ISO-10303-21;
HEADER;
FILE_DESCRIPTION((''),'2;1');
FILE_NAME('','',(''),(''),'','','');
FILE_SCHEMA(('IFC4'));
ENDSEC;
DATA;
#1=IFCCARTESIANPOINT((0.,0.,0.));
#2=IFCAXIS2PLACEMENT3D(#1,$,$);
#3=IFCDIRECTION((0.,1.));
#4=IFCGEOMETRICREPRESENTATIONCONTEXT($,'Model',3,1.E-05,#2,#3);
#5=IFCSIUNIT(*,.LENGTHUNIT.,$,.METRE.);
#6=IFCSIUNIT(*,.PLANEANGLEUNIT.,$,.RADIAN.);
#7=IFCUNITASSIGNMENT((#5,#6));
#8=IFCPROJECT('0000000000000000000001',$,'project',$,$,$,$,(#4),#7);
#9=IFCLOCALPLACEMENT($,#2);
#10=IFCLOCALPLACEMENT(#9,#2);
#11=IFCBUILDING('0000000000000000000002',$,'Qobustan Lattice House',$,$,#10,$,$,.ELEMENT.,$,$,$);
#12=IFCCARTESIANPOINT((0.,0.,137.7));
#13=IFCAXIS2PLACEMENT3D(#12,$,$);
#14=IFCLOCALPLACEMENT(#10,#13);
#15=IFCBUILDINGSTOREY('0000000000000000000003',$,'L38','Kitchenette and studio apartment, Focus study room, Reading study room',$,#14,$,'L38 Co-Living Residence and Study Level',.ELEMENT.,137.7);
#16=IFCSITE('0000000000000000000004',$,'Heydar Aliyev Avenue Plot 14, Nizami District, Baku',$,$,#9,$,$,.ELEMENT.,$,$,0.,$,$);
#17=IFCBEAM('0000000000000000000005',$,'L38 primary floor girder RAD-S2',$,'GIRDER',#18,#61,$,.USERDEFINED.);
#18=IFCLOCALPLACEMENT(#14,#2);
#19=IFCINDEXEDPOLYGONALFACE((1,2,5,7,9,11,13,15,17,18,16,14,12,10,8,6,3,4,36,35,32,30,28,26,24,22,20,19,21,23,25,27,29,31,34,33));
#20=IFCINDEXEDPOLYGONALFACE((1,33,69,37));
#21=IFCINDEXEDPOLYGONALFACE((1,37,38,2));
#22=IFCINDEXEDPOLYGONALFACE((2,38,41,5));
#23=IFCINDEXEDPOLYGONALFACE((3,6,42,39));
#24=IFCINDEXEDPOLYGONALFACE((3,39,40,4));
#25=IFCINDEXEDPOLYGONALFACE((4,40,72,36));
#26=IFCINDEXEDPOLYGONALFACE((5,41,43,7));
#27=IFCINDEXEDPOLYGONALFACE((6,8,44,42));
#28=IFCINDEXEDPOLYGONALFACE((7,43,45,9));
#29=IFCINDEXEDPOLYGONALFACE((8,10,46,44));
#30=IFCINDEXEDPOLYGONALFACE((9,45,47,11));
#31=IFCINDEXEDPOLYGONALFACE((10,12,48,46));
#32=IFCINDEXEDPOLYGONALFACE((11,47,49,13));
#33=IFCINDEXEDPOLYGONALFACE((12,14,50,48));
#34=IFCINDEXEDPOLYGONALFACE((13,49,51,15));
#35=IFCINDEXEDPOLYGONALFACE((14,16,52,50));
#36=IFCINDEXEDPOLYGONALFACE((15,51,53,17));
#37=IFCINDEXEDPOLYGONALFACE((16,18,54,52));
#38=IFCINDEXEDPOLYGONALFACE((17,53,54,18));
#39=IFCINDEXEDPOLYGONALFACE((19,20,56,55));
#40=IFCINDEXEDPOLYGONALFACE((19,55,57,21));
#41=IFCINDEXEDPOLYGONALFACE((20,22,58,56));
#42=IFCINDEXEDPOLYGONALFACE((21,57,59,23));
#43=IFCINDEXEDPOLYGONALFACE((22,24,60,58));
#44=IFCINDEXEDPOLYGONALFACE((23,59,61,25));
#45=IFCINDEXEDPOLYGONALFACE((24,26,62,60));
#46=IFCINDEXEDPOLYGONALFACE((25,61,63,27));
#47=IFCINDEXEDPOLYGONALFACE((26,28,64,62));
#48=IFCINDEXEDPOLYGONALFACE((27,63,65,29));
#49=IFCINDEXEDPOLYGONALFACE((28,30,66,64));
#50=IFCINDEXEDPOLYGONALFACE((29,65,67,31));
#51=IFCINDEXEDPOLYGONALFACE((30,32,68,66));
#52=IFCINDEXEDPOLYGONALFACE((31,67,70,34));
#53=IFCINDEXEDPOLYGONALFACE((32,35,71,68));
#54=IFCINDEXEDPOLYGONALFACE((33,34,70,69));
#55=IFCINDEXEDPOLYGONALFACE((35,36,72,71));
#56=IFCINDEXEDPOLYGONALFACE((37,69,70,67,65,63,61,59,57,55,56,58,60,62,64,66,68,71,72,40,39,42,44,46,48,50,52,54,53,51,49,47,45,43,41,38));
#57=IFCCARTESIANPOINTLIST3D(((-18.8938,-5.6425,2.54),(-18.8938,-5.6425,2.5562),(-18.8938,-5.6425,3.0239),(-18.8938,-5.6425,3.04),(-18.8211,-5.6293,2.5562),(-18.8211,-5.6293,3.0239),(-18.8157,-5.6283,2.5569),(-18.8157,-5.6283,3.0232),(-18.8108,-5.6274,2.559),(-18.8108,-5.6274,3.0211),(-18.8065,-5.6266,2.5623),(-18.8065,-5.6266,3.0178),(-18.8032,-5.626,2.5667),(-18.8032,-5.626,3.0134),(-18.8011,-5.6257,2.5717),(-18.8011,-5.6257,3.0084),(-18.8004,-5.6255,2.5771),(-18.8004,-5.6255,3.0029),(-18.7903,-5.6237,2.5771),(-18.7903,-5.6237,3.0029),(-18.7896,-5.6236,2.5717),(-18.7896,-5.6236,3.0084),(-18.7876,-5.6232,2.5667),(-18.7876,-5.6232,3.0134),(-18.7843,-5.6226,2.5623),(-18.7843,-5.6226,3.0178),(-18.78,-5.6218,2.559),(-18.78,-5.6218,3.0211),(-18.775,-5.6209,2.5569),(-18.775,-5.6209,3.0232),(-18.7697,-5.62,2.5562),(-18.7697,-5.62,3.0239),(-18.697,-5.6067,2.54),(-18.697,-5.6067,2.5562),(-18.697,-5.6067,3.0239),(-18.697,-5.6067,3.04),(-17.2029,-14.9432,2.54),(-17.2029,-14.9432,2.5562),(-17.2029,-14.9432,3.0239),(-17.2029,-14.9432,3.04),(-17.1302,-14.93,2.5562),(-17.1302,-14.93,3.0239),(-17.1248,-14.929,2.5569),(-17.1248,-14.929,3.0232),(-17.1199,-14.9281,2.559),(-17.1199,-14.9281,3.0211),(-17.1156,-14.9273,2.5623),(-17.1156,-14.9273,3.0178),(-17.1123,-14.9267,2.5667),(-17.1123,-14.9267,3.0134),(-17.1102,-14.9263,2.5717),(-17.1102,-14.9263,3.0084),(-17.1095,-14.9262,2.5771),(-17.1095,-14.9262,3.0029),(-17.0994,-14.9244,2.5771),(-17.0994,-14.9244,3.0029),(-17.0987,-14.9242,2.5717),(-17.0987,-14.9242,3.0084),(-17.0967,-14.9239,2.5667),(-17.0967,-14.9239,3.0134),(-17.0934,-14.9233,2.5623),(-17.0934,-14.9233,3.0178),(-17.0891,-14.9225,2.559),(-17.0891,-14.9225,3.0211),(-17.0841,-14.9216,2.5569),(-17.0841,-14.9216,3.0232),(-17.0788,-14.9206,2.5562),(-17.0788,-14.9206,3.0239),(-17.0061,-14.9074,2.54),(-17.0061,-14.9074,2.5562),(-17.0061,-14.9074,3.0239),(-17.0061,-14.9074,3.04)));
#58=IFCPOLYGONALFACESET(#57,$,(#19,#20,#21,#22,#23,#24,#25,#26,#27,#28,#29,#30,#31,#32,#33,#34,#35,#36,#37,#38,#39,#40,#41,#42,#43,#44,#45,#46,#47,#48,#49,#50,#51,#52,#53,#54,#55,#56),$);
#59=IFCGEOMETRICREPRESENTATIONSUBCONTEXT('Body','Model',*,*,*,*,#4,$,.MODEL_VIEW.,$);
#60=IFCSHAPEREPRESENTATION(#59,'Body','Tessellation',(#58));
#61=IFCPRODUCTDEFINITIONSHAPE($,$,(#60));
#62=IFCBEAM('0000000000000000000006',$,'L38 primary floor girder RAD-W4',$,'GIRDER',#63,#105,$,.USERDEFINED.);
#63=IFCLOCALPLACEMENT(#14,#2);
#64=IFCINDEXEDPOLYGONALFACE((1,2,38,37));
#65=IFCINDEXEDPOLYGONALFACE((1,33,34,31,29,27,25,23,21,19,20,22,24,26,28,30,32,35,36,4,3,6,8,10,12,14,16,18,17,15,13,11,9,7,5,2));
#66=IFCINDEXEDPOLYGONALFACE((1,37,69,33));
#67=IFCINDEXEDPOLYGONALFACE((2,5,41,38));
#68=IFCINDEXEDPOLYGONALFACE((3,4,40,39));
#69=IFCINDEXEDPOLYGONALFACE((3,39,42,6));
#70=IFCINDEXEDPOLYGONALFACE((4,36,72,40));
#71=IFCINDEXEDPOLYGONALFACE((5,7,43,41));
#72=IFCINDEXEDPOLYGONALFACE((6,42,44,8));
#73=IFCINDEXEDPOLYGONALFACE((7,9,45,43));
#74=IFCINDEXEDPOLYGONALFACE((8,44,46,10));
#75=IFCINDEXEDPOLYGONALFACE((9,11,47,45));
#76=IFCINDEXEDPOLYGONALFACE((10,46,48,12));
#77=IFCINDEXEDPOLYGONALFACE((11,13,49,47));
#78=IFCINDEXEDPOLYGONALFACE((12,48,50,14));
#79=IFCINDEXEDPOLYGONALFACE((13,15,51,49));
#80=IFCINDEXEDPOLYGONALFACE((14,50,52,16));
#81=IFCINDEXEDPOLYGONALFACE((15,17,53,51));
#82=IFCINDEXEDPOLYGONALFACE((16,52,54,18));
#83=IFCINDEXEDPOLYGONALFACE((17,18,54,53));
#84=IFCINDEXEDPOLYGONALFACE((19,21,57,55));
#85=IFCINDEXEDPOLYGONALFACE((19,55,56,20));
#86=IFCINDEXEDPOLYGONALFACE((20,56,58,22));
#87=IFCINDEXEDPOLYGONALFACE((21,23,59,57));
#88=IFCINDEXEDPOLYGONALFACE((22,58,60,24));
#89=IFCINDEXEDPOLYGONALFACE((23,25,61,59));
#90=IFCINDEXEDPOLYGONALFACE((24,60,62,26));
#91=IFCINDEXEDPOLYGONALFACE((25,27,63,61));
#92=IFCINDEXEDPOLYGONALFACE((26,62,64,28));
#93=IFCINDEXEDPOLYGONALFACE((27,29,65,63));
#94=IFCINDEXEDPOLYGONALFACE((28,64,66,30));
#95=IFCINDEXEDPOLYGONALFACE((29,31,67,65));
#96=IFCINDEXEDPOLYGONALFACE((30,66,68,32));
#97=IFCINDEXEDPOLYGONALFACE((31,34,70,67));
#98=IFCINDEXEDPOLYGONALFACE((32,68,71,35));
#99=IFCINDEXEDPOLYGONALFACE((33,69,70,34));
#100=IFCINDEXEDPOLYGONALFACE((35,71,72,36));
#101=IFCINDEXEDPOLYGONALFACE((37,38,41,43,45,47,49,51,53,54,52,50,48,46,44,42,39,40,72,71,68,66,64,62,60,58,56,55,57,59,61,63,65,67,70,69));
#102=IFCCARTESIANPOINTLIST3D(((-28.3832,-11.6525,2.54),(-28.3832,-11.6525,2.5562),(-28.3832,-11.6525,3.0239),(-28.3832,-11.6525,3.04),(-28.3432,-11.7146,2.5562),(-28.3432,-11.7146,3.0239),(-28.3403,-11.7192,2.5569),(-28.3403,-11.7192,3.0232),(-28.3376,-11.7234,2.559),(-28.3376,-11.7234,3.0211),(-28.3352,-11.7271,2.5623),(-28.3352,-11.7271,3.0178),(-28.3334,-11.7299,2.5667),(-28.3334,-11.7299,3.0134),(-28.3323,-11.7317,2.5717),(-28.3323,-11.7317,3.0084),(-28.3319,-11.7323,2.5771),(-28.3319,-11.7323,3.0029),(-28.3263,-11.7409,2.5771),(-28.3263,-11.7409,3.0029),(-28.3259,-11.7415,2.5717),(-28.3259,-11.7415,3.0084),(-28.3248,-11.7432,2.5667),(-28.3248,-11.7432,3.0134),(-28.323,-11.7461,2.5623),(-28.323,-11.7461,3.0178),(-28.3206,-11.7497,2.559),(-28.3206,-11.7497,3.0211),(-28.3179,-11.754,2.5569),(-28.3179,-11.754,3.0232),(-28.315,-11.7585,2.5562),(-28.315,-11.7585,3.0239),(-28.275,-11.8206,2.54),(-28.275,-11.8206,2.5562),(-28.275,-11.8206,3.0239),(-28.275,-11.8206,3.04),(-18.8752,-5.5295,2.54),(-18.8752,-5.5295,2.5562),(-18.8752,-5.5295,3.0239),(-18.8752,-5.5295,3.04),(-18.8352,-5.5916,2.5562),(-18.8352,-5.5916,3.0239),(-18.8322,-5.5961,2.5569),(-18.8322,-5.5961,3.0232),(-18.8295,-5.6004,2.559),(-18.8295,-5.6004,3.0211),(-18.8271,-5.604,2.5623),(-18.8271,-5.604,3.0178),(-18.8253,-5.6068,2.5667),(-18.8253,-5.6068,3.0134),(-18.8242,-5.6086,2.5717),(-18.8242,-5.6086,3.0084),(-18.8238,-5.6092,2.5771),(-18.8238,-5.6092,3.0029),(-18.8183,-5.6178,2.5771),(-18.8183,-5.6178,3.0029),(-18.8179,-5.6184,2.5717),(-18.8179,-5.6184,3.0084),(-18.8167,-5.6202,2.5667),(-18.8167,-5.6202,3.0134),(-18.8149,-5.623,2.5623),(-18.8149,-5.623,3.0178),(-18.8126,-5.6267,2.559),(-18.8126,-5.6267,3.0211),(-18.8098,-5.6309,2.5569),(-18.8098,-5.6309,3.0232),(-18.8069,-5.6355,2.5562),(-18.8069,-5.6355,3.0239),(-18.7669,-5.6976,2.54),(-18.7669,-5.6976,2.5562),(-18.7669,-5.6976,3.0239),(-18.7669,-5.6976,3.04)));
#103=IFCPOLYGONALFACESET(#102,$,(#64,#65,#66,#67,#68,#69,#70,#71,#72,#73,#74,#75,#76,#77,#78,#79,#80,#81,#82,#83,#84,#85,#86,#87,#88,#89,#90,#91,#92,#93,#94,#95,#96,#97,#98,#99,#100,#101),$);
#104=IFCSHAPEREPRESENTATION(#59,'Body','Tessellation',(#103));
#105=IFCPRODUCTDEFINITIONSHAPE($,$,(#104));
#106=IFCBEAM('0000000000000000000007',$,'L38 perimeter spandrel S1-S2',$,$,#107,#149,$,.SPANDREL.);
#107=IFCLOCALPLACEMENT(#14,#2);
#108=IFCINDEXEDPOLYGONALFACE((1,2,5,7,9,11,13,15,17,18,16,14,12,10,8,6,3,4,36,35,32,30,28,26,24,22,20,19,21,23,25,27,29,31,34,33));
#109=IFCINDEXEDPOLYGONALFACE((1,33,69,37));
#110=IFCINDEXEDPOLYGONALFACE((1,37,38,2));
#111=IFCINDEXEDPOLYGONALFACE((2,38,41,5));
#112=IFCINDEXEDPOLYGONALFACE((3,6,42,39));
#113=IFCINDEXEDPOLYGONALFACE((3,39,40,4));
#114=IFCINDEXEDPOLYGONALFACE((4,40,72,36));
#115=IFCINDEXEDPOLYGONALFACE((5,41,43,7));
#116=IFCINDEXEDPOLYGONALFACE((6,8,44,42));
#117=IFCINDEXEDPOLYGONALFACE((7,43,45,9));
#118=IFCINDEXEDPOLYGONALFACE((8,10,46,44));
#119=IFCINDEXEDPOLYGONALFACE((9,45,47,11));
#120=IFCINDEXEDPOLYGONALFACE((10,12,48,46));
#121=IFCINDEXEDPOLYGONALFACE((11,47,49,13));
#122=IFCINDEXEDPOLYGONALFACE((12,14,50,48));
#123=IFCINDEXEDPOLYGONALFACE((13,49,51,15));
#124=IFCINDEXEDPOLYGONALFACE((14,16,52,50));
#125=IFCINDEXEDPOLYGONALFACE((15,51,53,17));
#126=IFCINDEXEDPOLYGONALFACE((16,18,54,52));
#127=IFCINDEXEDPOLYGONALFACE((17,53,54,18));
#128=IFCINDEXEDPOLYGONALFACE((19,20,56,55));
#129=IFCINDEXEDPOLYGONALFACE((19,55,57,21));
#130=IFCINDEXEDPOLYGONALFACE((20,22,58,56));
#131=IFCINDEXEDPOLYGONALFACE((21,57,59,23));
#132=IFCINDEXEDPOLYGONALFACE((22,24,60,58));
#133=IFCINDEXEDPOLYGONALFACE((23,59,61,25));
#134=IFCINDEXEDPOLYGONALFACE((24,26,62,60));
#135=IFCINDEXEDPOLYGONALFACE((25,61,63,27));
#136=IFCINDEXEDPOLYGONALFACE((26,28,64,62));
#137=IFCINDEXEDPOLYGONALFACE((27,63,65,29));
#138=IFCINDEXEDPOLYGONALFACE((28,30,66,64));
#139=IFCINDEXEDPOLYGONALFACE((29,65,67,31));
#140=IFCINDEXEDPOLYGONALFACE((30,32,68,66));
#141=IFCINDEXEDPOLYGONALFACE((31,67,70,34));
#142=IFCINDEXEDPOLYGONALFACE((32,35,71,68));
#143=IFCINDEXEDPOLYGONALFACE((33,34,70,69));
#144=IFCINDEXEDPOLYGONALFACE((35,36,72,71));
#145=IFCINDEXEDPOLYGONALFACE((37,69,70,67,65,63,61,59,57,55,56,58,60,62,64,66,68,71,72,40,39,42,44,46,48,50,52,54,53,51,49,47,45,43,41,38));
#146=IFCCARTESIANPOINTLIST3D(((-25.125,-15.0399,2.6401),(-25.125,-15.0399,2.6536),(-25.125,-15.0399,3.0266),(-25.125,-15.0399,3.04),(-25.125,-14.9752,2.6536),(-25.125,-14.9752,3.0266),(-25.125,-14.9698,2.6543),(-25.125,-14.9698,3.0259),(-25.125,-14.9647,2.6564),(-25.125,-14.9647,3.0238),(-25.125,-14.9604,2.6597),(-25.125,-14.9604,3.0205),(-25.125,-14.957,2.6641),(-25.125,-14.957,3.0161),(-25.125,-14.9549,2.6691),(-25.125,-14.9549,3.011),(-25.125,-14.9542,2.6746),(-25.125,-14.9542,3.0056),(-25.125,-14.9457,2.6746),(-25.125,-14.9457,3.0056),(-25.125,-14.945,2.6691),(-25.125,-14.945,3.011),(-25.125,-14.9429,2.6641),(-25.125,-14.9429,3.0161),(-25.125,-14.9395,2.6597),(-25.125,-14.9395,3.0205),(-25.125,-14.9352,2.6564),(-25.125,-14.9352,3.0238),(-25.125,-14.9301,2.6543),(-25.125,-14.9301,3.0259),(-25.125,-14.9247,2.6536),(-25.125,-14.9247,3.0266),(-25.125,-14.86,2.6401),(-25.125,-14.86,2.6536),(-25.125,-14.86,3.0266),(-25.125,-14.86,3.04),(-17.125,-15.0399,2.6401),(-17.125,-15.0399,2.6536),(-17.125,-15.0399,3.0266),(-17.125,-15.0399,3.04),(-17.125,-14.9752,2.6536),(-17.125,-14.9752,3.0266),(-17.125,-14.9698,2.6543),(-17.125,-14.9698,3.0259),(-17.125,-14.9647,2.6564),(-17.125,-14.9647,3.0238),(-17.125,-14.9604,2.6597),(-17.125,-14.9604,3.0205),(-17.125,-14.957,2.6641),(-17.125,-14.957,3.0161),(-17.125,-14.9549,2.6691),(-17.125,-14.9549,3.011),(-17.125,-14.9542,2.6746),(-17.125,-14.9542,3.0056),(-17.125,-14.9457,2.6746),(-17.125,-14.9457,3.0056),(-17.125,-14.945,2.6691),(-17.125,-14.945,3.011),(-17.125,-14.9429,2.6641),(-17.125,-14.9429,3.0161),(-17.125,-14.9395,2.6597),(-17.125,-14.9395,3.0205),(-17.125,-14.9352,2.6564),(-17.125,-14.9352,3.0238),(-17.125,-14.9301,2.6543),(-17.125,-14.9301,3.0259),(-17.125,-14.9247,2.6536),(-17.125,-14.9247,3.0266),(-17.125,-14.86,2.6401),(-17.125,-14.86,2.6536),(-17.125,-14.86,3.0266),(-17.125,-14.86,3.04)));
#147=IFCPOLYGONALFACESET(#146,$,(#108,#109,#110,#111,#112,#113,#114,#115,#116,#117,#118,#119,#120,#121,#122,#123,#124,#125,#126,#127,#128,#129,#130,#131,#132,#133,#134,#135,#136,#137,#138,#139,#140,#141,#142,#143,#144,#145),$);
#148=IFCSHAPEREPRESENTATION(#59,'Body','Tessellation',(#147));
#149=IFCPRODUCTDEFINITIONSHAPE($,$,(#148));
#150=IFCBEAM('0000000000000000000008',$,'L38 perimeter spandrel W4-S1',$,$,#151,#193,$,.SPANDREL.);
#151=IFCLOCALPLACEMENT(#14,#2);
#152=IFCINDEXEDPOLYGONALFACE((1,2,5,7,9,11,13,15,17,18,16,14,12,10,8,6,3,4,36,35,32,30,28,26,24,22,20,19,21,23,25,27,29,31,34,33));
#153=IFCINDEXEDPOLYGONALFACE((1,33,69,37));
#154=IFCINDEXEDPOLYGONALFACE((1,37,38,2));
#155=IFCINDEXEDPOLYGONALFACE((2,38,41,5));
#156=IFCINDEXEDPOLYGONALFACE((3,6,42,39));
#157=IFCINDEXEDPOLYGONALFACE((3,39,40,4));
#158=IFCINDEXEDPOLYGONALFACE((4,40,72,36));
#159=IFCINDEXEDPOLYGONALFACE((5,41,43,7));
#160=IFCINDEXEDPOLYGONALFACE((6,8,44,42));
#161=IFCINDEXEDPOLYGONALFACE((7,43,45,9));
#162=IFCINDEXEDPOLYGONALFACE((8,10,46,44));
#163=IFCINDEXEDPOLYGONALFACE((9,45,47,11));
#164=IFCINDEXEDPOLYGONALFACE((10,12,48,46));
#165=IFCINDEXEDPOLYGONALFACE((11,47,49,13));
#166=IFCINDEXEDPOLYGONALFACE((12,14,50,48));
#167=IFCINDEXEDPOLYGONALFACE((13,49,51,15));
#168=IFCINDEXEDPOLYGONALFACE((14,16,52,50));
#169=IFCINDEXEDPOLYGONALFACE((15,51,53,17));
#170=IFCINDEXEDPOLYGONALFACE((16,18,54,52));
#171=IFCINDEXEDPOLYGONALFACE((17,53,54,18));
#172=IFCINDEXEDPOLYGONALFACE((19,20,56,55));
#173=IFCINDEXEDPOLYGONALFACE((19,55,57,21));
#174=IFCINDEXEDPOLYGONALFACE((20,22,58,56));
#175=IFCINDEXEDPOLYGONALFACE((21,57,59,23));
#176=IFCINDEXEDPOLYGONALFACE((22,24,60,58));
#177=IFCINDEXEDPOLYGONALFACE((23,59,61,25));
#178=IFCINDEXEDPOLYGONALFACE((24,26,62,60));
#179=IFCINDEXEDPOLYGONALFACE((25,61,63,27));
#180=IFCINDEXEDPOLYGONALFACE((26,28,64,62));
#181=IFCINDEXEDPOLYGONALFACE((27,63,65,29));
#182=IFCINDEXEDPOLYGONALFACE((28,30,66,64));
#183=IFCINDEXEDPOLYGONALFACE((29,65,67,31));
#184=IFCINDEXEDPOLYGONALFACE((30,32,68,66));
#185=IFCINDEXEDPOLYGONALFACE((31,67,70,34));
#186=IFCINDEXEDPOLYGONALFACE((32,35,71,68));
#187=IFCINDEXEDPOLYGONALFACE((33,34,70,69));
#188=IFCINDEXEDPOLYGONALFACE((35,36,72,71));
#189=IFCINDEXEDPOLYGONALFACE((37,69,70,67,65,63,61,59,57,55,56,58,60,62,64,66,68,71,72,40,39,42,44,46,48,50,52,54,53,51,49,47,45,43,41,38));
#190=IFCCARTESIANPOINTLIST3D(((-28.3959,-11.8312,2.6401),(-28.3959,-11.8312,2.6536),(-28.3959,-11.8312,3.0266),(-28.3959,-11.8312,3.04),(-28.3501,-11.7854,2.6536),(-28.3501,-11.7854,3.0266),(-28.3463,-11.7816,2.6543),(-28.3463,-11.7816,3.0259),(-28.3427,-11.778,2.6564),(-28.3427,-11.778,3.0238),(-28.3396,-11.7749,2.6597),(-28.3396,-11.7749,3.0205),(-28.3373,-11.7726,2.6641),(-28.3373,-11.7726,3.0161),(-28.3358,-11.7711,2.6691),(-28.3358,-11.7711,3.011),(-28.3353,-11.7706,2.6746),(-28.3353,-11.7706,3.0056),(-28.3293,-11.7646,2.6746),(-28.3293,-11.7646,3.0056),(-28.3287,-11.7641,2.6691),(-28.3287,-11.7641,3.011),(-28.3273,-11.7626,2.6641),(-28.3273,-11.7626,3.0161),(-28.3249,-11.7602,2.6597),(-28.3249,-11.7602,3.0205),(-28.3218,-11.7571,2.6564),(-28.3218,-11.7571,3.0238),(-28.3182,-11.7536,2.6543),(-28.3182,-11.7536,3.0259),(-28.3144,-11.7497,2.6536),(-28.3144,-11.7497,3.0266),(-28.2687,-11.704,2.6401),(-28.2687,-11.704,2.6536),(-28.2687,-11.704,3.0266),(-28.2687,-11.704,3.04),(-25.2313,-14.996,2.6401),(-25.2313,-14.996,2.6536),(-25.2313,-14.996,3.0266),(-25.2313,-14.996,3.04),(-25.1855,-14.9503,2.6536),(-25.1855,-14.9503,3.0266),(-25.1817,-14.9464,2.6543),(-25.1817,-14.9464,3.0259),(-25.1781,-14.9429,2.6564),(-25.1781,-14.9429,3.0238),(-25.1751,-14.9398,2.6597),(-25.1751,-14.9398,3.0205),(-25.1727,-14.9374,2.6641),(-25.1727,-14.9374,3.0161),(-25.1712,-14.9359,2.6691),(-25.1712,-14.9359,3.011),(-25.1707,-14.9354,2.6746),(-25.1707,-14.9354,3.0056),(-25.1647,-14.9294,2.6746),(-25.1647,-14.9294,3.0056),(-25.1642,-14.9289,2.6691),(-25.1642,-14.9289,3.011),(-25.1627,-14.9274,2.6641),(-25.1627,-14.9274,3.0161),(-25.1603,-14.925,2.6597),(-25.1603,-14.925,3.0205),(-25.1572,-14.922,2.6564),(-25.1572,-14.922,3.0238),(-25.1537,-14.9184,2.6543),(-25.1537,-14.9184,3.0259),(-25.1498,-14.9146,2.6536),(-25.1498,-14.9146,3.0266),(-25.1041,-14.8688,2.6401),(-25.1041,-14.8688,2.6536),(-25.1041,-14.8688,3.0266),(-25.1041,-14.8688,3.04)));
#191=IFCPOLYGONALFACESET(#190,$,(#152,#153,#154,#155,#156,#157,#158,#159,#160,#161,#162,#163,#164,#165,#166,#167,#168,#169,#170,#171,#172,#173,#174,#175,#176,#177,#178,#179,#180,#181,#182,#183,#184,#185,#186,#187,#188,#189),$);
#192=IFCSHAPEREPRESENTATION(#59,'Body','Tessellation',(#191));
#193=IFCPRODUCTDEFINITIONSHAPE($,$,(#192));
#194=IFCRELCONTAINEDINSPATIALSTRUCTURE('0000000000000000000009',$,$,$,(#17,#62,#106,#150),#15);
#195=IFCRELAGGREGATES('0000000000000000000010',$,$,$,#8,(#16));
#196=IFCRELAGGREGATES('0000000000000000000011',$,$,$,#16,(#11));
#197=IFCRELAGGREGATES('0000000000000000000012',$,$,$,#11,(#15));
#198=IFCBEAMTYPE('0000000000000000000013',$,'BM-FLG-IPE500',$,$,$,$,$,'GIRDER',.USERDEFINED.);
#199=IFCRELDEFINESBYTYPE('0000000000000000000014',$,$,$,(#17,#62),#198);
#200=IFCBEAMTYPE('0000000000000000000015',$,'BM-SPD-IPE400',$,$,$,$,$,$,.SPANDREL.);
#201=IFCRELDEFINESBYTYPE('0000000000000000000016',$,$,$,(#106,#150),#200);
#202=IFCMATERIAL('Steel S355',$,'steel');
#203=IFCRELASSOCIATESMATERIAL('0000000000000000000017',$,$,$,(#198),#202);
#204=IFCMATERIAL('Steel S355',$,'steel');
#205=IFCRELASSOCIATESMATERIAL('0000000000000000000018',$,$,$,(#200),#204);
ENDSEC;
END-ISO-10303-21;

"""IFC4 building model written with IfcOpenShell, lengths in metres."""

from ifc_helpers import new_model, si_unit, direction, frame, origin, origin_2d, place, context, subcontext, project, spatial, i_section, extrude, material, material_profile, profile_set, type_object, element, save


model = new_model("IFC4")

# Units and contexts
model_context = context("Model", 3, precision=1e-05, world=origin(), true_north=direction((0.0, 1.0)))
body_context = subcontext(model_context, "Body", "Model", "MODEL_VIEW")
ifc_project = project(units=[si_unit("LENGTHUNIT", "METRE"), si_unit("PLANEANGLEUNIT", "RADIAN")], contexts=[model_context])

# Site, building, storey
site_placement = place(None, origin())
site = spatial("IfcSite", under=ifc_project, at=site_placement, Name="Heydar Aliyev Avenue Plot 14, Nizami District, Baku", CompositionType="ELEMENT", RefElevation=0.0)
building_placement = place(site_placement, origin())
building = spatial("IfcBuilding", under=site, at=building_placement, Name="Qobustan Lattice House", CompositionType="ELEMENT")
storey_placement = place(building_placement, frame((0.0, 0.0, 137.7)))
storey = spatial("IfcBuildingStorey", under=building, at=storey_placement, Name="L38", Description="Kitchenette and studio apartment, Focus study room, Reading study room", LongName="L38 Co-Living Residence and Study Level", CompositionType="ELEMENT", Elevation=137.7)

# Beams
ifc_material_1 = material(Name="Steel S355", Category="steel")
ifc_material_profile_1 = material_profile(ifc_material_1, i_section(OverallWidth=0.2, OverallDepth=0.5, WebThickness=0.0103, FlangeThickness=0.0161, FilletRadius=0.021, at=origin_2d()), Name="IPE500")
ifc_profile_set_1 = profile_set([ifc_material_profile_1], Name="Steel S355")
beam_type_1 = type_object("IfcBeamType", Name="BM-FLG-IPE500", ElementType="GIRDER", PredefinedType="USERDEFINED", material=ifc_profile_set_1)
beam_1_placement = place(storey_placement, frame((-17.1045, -14.9253, 2.79), z_axis=(-0.178872, 0.983872, 0.0), x_axis=(-0.983872, -0.178872, 0.0)))
element("IfcBeam", 1, at=beam_1_placement, inside=storey, type_object=beam_type_1, Name="L38 primary floor girder RAD-S2", ObjectType="GIRDER", PredefinedType="USERDEFINED", context=body_context, shape_type="SweptSolid", body=[
    extrude(i_section(OverallWidth=0.2, OverallDepth=0.5, WebThickness=0.0103, FlangeThickness=0.0161, FilletRadius=0.021, at=origin_2d()), origin(), (0.0, 0.0, 1.0), 9.4531),
])
beam_2_placement = place(storey_placement, frame((-28.3291, -11.7366, 2.79), z_axis=(0.840747, 0.541428, 0.0), x_axis=(-0.541428, 0.840747, 0.0)))
element("IfcBeam", 2, at=beam_2_placement, inside=storey, type_object=beam_type_1, Name="L38 primary floor girder RAD-W4", ObjectType="GIRDER", PredefinedType="USERDEFINED", context=body_context, shape_type="SweptSolid", body=[
    extrude(i_section(OverallWidth=0.2, OverallDepth=0.5, WebThickness=0.0103, FlangeThickness=0.0161, FilletRadius=0.021, at=origin_2d()), origin(), (0.0, 0.0, 1.0), 11.3091),
])
ifc_material_2 = material(Name="Steel S355", Category="steel")
ifc_material_profile_2 = material_profile(ifc_material_2, i_section(OverallWidth=0.1799, OverallDepth=0.3999, WebThickness=0.0085, FlangeThickness=0.0134, FilletRadius=0.021, at=origin_2d()), Name="IPE400")
ifc_profile_set_2 = profile_set([ifc_material_profile_2], Name="Steel S355")
beam_type_2 = type_object("IfcBeamType", Name="BM-SPD-IPE400", PredefinedType="SPANDREL", material=ifc_profile_set_2)
beam_3_placement = place(storey_placement, frame((-25.125, -14.95, 2.8401), z_axis=(1.0, 0.0, 0.0), x_axis=(0.0, 1.0, 0.0)))
element("IfcBeam", 3, at=beam_3_placement, inside=storey, type_object=beam_type_2, Name="L38 perimeter spandrel S1-S2", PredefinedType="SPANDREL", context=body_context, shape_type="SweptSolid", body=[
    extrude(i_section(OverallWidth=0.1799, OverallDepth=0.3999, WebThickness=0.0085, FlangeThickness=0.0134, FilletRadius=0.021, at=origin_2d()), origin(), (0.0, 0.0, 1.0), 8.0),
])
beam_4_placement = place(storey_placement, frame((-28.3323, -11.7676, 2.8401), z_axis=(0.70708, -0.707134, 0.0), x_axis=(0.707134, 0.70708, 0.0)))
element("IfcBeam", 4, at=beam_4_placement, inside=storey, type_object=beam_type_2, Name="L38 perimeter spandrel W4-S1", PredefinedType="SPANDREL", context=body_context, shape_type="SweptSolid", body=[
    extrude(i_section(OverallWidth=0.1799, OverallDepth=0.3999, WebThickness=0.0085, FlangeThickness=0.0134, FilletRadius=0.021, at=origin_2d()), origin(), (0.0, 0.0, 1.0), 4.4756),
])

save(model, "model.ifc")
